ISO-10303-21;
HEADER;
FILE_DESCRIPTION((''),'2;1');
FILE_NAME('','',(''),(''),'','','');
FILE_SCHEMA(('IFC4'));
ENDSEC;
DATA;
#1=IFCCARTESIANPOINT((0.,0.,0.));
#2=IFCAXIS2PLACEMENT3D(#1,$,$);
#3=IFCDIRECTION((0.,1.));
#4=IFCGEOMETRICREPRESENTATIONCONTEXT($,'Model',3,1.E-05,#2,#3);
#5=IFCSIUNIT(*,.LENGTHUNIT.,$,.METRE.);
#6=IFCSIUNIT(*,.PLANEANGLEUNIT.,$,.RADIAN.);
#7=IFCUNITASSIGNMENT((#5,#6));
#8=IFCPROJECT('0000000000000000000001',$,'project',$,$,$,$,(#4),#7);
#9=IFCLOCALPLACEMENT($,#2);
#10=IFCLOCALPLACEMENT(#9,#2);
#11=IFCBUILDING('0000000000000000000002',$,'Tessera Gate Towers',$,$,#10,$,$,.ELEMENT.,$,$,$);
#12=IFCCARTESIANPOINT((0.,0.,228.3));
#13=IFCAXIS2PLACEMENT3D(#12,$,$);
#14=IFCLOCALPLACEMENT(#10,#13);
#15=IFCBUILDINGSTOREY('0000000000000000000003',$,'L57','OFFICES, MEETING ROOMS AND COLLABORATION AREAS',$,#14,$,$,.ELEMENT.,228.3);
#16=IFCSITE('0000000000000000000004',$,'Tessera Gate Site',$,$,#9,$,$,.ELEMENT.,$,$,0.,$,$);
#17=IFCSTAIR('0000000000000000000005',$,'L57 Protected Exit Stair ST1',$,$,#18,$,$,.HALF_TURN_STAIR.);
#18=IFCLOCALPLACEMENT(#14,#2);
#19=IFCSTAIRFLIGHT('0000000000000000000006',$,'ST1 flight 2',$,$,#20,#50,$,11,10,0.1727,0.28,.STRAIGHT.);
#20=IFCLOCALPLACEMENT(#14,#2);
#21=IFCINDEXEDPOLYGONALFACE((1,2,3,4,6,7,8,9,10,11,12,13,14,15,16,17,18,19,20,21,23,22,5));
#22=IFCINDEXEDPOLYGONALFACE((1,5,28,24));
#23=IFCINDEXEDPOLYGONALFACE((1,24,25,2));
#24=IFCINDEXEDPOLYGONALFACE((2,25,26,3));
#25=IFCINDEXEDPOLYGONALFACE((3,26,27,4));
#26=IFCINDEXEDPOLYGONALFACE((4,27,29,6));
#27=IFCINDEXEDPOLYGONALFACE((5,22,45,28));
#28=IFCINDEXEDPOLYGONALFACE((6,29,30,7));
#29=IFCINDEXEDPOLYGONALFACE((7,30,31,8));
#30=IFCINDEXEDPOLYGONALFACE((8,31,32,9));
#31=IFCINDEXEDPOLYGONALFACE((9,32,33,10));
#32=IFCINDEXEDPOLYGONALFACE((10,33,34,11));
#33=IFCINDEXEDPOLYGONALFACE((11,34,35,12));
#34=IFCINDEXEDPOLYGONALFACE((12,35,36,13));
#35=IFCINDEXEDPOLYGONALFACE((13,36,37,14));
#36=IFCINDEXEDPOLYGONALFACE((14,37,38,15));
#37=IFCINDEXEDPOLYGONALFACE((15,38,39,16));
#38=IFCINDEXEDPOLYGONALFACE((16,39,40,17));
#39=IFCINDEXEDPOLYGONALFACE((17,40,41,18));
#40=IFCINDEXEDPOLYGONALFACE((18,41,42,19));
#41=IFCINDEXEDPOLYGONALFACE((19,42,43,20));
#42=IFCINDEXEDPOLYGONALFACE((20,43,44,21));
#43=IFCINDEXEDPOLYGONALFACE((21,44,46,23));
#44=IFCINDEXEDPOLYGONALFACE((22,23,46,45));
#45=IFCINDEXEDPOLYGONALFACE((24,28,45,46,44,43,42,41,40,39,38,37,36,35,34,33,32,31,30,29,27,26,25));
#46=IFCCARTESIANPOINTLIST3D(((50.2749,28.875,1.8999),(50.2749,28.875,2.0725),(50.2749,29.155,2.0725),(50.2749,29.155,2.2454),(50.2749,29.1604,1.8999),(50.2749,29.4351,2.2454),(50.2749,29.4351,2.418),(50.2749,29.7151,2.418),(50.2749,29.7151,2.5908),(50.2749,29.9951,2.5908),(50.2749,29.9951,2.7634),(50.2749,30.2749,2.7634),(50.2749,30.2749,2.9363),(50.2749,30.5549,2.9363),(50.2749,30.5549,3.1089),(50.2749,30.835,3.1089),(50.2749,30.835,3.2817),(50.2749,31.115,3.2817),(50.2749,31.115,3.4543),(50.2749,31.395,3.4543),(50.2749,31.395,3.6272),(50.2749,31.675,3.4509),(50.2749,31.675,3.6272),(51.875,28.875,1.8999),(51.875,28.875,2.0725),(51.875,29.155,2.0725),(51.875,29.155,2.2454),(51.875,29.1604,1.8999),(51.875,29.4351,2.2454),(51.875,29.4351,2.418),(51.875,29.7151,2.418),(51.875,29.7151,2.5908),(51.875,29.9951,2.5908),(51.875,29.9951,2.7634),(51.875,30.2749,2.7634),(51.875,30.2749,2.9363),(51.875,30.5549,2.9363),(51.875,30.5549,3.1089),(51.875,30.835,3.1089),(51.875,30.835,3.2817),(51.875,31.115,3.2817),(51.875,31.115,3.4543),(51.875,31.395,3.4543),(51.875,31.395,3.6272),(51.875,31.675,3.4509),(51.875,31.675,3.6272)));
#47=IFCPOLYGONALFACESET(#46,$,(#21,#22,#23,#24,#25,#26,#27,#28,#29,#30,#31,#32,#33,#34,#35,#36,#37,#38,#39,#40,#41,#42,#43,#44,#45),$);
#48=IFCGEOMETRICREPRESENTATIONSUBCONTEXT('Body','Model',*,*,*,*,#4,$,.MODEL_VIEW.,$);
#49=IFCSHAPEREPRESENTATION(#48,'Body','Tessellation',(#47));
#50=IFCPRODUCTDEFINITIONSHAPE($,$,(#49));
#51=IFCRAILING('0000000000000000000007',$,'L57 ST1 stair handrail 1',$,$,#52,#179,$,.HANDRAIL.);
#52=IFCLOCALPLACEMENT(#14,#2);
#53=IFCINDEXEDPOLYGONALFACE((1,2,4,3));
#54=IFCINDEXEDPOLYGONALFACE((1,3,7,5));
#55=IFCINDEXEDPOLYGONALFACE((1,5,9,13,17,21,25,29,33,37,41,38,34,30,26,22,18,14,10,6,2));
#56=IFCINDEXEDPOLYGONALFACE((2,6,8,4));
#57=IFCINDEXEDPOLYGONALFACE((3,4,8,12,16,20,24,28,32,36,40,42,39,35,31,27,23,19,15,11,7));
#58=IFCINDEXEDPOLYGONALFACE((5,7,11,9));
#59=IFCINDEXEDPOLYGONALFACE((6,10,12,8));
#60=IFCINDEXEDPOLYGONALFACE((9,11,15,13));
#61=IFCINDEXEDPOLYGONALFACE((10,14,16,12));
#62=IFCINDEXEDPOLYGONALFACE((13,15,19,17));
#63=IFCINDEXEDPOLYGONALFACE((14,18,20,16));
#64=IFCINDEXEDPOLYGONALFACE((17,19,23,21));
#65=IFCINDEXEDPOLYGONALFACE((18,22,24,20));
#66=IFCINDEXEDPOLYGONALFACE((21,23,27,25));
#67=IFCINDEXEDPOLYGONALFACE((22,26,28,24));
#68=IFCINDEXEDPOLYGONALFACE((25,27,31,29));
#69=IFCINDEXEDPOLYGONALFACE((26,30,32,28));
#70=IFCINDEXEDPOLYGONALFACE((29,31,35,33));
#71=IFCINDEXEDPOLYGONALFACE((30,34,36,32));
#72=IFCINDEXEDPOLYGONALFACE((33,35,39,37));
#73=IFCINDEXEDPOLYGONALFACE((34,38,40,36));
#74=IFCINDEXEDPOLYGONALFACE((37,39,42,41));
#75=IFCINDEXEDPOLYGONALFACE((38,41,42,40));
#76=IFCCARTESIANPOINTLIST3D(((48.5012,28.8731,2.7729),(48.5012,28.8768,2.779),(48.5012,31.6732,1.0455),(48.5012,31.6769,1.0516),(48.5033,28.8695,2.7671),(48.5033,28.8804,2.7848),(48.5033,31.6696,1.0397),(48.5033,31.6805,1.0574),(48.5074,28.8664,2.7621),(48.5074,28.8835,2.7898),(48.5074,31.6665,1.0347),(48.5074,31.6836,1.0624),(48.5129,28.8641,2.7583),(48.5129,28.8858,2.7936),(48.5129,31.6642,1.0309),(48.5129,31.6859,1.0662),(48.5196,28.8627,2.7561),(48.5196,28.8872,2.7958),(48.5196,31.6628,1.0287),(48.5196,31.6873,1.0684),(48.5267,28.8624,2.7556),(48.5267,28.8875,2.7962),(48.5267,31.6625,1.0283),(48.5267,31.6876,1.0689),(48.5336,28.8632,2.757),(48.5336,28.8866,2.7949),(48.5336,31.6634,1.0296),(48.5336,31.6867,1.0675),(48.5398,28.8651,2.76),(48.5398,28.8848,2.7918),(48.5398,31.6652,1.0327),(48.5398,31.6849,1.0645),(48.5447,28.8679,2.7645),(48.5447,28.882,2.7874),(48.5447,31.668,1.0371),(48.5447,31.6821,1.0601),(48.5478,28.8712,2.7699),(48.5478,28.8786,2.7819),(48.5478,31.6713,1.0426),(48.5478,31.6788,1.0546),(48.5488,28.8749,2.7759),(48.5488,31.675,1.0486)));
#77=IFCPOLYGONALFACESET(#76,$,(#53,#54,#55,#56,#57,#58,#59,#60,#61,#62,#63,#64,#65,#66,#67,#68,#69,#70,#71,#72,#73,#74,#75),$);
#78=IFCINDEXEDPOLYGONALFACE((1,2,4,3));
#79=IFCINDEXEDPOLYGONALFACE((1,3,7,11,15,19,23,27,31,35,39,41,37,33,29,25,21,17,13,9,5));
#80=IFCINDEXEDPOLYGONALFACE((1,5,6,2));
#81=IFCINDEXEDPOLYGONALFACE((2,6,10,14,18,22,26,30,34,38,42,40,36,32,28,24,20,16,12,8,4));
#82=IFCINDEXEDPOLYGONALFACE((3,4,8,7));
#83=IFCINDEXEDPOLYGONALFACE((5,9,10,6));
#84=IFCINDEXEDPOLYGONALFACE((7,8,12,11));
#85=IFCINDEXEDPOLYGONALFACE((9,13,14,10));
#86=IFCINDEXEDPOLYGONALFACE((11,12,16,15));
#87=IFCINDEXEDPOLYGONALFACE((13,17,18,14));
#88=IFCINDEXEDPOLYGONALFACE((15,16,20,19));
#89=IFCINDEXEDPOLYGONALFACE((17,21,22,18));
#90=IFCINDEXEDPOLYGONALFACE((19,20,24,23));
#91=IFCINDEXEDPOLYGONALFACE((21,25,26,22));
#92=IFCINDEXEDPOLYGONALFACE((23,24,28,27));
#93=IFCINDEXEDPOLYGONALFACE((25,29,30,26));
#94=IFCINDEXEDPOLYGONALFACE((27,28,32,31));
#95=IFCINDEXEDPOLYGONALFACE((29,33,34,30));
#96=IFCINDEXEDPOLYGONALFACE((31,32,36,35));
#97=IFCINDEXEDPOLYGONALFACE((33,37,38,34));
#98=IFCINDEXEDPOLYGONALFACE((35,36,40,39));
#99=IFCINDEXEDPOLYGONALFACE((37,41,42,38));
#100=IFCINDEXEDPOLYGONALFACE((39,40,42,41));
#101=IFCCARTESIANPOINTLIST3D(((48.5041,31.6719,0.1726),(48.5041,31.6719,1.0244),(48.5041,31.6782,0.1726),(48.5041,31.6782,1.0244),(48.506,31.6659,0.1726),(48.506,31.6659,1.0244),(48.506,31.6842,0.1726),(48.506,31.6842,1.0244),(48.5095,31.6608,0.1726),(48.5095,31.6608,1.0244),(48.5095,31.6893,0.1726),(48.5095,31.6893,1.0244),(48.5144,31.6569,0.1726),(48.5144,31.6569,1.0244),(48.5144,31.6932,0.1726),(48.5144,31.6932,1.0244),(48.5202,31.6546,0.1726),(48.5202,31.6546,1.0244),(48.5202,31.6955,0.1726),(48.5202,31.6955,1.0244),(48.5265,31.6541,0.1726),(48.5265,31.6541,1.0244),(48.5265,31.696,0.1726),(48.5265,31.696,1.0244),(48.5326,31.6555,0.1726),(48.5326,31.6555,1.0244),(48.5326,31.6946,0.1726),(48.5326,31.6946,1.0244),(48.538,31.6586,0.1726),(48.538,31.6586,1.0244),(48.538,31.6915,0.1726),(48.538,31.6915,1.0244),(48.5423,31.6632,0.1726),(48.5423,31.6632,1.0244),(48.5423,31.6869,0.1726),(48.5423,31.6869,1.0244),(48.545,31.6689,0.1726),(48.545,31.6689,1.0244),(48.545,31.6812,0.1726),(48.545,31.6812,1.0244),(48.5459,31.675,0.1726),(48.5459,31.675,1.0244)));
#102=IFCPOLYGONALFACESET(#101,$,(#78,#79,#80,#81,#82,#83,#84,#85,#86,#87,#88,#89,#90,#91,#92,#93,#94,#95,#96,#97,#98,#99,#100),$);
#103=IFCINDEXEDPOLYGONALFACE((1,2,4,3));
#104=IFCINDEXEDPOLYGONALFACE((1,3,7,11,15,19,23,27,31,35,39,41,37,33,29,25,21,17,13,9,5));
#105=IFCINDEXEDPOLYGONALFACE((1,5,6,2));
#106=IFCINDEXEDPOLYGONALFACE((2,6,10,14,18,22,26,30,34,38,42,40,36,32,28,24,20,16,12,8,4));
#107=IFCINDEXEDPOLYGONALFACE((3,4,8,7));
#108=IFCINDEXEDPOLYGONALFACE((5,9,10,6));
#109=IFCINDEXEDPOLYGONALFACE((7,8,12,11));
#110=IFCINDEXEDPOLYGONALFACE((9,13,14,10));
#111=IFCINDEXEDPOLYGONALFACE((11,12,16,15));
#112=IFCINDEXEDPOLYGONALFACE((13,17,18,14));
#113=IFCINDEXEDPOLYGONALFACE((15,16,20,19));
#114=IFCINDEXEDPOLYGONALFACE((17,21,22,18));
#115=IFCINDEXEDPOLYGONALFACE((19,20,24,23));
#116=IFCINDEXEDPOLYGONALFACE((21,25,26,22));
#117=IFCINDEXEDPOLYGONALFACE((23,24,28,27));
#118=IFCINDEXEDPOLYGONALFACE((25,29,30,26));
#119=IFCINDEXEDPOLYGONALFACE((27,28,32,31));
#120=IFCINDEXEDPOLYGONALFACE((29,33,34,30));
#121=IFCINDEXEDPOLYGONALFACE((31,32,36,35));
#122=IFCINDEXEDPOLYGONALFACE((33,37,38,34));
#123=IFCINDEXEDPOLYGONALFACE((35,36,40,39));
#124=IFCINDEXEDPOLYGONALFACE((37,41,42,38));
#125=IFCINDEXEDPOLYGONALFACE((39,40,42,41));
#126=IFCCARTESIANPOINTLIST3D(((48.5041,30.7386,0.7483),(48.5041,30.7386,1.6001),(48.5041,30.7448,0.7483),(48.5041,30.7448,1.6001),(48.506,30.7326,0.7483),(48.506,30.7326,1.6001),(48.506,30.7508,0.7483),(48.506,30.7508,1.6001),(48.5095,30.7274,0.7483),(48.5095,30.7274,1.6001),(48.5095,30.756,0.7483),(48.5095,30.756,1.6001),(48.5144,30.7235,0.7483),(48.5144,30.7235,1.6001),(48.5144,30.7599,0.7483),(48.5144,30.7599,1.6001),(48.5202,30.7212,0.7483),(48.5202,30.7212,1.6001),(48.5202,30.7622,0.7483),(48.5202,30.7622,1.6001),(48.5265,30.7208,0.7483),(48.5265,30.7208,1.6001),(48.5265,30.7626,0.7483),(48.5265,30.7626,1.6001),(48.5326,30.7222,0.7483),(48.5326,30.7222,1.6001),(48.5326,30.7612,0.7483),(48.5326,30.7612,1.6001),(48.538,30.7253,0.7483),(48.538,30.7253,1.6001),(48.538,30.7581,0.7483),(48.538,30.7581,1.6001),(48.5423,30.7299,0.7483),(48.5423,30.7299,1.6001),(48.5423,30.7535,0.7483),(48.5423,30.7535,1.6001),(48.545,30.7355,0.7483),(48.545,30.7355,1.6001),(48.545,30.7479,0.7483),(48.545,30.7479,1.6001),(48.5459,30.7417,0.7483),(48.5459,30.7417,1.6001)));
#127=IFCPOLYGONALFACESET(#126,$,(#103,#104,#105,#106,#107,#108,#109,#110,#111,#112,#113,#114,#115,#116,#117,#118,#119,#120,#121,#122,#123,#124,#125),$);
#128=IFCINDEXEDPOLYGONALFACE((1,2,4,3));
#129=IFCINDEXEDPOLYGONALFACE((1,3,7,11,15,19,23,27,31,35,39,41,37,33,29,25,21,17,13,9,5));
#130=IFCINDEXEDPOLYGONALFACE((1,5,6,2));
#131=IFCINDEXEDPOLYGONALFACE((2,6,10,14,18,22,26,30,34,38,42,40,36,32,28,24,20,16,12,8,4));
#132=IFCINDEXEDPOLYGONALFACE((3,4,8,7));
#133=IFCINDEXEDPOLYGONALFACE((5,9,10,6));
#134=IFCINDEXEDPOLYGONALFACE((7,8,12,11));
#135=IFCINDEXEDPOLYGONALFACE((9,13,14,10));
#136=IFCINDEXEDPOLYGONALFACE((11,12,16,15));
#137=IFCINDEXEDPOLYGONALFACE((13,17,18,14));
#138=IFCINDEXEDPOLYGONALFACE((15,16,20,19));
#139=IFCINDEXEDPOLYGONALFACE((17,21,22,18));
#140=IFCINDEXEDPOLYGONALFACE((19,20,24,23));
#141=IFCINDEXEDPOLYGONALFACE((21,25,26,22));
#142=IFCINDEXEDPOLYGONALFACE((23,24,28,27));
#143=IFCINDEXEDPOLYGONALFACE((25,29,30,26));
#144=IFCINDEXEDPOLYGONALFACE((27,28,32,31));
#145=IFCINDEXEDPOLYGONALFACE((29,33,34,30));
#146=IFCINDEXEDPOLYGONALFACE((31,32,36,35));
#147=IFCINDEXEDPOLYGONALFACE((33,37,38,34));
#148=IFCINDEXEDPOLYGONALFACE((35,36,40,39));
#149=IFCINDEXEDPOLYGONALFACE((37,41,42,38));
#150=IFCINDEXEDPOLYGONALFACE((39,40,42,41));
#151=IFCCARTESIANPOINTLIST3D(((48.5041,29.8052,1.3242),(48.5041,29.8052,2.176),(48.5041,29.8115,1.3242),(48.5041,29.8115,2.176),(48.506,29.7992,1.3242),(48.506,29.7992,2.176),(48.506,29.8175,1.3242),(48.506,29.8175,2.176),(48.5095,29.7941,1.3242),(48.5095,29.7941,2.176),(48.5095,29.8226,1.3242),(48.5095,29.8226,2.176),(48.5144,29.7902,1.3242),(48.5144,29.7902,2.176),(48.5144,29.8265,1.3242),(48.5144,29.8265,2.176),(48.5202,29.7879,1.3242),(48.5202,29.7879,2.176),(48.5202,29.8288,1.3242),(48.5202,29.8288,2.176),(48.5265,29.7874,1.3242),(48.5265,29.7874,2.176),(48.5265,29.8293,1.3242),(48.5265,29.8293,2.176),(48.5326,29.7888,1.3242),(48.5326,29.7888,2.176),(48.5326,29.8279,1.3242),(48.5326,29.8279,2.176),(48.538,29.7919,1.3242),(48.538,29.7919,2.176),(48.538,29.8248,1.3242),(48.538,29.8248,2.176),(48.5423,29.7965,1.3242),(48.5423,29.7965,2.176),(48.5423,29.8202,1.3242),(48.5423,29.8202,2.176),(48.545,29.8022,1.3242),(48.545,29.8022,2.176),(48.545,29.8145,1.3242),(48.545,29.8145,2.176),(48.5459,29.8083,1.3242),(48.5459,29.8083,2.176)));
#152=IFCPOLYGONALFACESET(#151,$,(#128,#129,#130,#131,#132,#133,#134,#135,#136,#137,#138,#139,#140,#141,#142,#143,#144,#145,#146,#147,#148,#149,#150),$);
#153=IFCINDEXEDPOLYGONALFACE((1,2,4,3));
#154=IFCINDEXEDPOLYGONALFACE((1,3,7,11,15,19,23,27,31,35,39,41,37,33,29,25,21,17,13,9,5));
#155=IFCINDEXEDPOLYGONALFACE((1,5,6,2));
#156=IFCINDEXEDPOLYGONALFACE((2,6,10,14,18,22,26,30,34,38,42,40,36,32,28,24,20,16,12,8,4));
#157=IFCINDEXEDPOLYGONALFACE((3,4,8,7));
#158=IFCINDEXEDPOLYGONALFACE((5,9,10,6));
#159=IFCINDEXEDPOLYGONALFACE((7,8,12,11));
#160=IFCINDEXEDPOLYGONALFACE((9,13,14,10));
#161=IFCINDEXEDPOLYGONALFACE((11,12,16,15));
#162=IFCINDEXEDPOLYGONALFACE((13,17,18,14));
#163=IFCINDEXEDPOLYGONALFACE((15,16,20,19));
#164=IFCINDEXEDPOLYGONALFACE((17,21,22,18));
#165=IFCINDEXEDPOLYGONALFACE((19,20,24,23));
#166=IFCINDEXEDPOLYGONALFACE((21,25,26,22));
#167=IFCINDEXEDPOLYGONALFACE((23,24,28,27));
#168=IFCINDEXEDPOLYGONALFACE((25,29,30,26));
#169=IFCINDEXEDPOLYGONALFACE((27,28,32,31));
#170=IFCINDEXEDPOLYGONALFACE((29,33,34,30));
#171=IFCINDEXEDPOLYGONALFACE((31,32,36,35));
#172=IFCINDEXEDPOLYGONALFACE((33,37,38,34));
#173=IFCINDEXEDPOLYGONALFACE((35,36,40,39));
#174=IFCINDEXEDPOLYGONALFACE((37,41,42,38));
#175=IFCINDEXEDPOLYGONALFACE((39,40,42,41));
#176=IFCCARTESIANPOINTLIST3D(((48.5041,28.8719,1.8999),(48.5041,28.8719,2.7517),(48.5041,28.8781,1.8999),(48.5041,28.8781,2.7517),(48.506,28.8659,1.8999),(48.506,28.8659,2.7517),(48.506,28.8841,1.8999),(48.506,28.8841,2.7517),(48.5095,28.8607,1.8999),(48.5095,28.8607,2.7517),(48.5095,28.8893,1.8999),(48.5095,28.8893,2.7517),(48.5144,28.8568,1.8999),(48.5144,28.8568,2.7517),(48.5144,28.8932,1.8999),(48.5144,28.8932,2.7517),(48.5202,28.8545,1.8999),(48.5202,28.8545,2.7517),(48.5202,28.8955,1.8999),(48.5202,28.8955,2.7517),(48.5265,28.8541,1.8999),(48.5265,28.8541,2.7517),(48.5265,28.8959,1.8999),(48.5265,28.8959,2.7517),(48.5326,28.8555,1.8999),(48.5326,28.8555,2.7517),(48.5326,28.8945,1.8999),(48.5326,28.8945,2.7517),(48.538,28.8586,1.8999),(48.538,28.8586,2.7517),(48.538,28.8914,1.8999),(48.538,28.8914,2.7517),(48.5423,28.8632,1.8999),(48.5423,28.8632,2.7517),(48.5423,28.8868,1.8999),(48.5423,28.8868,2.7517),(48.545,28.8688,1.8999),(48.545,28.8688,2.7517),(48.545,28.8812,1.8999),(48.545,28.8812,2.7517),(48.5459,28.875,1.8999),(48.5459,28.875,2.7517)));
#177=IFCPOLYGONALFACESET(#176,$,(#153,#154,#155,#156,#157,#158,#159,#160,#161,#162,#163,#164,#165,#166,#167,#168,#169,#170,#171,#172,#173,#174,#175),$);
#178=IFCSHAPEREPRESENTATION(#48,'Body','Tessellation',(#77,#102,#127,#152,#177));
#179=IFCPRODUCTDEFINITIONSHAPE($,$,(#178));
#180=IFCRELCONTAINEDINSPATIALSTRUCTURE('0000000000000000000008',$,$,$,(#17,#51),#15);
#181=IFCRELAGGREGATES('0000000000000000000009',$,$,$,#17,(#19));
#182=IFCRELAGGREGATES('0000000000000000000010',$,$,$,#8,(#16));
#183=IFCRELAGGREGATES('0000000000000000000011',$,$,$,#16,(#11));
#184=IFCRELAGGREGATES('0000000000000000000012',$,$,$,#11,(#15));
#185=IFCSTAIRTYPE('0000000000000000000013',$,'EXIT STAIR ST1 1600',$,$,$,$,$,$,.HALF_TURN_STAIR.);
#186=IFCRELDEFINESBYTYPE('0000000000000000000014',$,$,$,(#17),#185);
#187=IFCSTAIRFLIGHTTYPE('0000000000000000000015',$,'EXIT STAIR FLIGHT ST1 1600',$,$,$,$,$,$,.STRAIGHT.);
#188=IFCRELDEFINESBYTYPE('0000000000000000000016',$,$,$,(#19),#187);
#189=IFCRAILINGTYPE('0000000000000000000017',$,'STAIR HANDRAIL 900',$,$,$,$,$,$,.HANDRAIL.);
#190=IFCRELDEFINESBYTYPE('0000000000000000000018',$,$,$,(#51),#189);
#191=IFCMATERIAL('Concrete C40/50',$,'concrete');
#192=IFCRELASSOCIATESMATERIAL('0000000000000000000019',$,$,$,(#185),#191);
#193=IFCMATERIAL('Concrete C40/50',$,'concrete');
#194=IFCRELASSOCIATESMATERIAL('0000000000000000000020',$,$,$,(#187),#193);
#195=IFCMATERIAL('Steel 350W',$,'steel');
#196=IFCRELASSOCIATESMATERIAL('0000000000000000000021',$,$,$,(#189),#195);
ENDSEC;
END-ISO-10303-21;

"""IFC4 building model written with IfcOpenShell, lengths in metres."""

from ifc_helpers import new_model, si_unit, direction, frame, origin, origin_2d, place, context, subcontext, project, spatial, polyline, circle, outline, extrude, material, type_object, element, aggregate, save


model = new_model("IFC4")

# Units and contexts
model_context = context("Model", 3, precision=1e-05, world=origin(), true_north=direction((0.0, 1.0)))
body_context = subcontext(model_context, "Body", "Model", "MODEL_VIEW")
ifc_project = project(units=[si_unit("LENGTHUNIT", "METRE"), si_unit("PLANEANGLEUNIT", "RADIAN")], contexts=[model_context])

# Site, building, storey
site_placement = place(None, origin())
site = spatial("IfcSite", under=ifc_project, at=site_placement, Name="Tessera Gate Site", CompositionType="ELEMENT", RefElevation=0.0)
building_placement = place(site_placement, origin())
building = spatial("IfcBuilding", under=site, at=building_placement, Name="Tessera Gate Towers", CompositionType="ELEMENT")
storey_placement = place(building_placement, frame((0.0, 0.0, 228.3)))
storey = spatial("IfcBuildingStorey", under=building, at=storey_placement, Name="L57", Description="OFFICES, MEETING ROOMS AND COLLABORATION AREAS", CompositionType="ELEMENT", Elevation=228.3)

# Stair, stair flight
ifc_material_1 = material(Name="Concrete C40/50", Category="concrete")
stair_type = type_object("IfcStairType", Name="EXIT STAIR ST1 1600", PredefinedType="HALF_TURN_STAIR", material=ifc_material_1)
stair_placement = place(storey_placement, origin())
stair = element("IfcStair", 1, at=stair_placement, inside=storey, type_object=stair_type, Name="L57 Protected Exit Stair ST1", PredefinedType="HALF_TURN_STAIR")
ifc_material_2 = material(Name="Concrete C40/50", Category="concrete")
stair_flight_type = type_object("IfcStairFlightType", Name="EXIT STAIR FLIGHT ST1 1600", PredefinedType="STRAIGHT", material=ifc_material_2)
stair_flight_placement = place(storey_placement, frame((51.075, 28.875, 1.8999), z_axis=(0.0, 0.0, 1.0), x_axis=(0.0, 1.0, 0.0)))
stair_flight = element("IfcStairFlight", 2, at=stair_flight_placement, type_object=stair_flight_type, Name="ST1 flight 2", NumberOfRisers=11, NumberOfTreads=10, PredefinedType="STRAIGHT", RiserHeight=0.1727, TreadLength=0.28, context=body_context, shape_type="SweptSolid", body=[
    extrude(outline(polyline([(0.0, 0.0), (0.0, 0.1726), (0.28, 0.1726), (0.28, 0.3455), (0.5601, 0.3455), (0.5601, 0.5181), (0.8401, 0.5181), (0.8401, 0.6909), (1.1201, 0.6909), (1.1201, 0.8635), (1.3999, 0.8635), (1.3999, 1.0364), (1.6799, 1.0364), (1.6799, 1.209), (1.96, 1.209), (1.96, 1.3818), (2.24, 1.3818), (2.24, 1.5544), (2.52, 1.5544), (2.52, 1.7273), (2.8, 1.7273), (2.8, 1.8999), (2.8, 1.551), (0.2854, 0.0), (0.0, 0.0)])), frame((0.0, 0.8, 0.0), z_axis=(0.0, -1.0, 0.0), x_axis=(1.0, 0.0, 0.0)), (0.0, 0.0, 1.0), 1.6001),
])
aggregate(stair, [stair_flight])

# Railing
ifc_material_3 = material(Name="Steel 350W", Category="steel")
railing_type = type_object("IfcRailingType", Name="STAIR HANDRAIL 900", PredefinedType="HANDRAIL", material=ifc_material_3)
railing_1_placement = place(storey_placement, frame((48.5249, 31.675, 0.1726)))
element("IfcRailing", 3, at=railing_1_placement, inside=storey, type_object=railing_type, Name="L57 ST1 stair handrail 1", PredefinedType="HANDRAIL", context=body_context, shape_type="SweptSolid", body=[
    extrude(circle(Radius=0.0239, at=origin_2d()), frame((0.0, 0.0, 0.876), z_axis=(0.0, -0.85109, 0.52502), x_axis=(1.0, 0.0, 0.0)), (0.0, 0.0, 1.0), 3.29),
    extrude(circle(Radius=0.021, at=origin_2d()), origin(), (0.0, 0.0, 1.0), 0.8518),
    extrude(circle(Radius=0.021, at=origin_2d()), frame((0.0, -0.9333, 0.5757)), (0.0, 0.0, 1.0), 0.8518),
    extrude(circle(Radius=0.021, at=origin_2d()), frame((0.0, -1.8667, 1.1516)), (0.0, 0.0, 1.0), 0.8518),
    extrude(circle(Radius=0.021, at=origin_2d()), frame((0.0, -2.8, 1.7273)), (0.0, 0.0, 1.0), 0.8518),
])

save(model, "model.ifc")
